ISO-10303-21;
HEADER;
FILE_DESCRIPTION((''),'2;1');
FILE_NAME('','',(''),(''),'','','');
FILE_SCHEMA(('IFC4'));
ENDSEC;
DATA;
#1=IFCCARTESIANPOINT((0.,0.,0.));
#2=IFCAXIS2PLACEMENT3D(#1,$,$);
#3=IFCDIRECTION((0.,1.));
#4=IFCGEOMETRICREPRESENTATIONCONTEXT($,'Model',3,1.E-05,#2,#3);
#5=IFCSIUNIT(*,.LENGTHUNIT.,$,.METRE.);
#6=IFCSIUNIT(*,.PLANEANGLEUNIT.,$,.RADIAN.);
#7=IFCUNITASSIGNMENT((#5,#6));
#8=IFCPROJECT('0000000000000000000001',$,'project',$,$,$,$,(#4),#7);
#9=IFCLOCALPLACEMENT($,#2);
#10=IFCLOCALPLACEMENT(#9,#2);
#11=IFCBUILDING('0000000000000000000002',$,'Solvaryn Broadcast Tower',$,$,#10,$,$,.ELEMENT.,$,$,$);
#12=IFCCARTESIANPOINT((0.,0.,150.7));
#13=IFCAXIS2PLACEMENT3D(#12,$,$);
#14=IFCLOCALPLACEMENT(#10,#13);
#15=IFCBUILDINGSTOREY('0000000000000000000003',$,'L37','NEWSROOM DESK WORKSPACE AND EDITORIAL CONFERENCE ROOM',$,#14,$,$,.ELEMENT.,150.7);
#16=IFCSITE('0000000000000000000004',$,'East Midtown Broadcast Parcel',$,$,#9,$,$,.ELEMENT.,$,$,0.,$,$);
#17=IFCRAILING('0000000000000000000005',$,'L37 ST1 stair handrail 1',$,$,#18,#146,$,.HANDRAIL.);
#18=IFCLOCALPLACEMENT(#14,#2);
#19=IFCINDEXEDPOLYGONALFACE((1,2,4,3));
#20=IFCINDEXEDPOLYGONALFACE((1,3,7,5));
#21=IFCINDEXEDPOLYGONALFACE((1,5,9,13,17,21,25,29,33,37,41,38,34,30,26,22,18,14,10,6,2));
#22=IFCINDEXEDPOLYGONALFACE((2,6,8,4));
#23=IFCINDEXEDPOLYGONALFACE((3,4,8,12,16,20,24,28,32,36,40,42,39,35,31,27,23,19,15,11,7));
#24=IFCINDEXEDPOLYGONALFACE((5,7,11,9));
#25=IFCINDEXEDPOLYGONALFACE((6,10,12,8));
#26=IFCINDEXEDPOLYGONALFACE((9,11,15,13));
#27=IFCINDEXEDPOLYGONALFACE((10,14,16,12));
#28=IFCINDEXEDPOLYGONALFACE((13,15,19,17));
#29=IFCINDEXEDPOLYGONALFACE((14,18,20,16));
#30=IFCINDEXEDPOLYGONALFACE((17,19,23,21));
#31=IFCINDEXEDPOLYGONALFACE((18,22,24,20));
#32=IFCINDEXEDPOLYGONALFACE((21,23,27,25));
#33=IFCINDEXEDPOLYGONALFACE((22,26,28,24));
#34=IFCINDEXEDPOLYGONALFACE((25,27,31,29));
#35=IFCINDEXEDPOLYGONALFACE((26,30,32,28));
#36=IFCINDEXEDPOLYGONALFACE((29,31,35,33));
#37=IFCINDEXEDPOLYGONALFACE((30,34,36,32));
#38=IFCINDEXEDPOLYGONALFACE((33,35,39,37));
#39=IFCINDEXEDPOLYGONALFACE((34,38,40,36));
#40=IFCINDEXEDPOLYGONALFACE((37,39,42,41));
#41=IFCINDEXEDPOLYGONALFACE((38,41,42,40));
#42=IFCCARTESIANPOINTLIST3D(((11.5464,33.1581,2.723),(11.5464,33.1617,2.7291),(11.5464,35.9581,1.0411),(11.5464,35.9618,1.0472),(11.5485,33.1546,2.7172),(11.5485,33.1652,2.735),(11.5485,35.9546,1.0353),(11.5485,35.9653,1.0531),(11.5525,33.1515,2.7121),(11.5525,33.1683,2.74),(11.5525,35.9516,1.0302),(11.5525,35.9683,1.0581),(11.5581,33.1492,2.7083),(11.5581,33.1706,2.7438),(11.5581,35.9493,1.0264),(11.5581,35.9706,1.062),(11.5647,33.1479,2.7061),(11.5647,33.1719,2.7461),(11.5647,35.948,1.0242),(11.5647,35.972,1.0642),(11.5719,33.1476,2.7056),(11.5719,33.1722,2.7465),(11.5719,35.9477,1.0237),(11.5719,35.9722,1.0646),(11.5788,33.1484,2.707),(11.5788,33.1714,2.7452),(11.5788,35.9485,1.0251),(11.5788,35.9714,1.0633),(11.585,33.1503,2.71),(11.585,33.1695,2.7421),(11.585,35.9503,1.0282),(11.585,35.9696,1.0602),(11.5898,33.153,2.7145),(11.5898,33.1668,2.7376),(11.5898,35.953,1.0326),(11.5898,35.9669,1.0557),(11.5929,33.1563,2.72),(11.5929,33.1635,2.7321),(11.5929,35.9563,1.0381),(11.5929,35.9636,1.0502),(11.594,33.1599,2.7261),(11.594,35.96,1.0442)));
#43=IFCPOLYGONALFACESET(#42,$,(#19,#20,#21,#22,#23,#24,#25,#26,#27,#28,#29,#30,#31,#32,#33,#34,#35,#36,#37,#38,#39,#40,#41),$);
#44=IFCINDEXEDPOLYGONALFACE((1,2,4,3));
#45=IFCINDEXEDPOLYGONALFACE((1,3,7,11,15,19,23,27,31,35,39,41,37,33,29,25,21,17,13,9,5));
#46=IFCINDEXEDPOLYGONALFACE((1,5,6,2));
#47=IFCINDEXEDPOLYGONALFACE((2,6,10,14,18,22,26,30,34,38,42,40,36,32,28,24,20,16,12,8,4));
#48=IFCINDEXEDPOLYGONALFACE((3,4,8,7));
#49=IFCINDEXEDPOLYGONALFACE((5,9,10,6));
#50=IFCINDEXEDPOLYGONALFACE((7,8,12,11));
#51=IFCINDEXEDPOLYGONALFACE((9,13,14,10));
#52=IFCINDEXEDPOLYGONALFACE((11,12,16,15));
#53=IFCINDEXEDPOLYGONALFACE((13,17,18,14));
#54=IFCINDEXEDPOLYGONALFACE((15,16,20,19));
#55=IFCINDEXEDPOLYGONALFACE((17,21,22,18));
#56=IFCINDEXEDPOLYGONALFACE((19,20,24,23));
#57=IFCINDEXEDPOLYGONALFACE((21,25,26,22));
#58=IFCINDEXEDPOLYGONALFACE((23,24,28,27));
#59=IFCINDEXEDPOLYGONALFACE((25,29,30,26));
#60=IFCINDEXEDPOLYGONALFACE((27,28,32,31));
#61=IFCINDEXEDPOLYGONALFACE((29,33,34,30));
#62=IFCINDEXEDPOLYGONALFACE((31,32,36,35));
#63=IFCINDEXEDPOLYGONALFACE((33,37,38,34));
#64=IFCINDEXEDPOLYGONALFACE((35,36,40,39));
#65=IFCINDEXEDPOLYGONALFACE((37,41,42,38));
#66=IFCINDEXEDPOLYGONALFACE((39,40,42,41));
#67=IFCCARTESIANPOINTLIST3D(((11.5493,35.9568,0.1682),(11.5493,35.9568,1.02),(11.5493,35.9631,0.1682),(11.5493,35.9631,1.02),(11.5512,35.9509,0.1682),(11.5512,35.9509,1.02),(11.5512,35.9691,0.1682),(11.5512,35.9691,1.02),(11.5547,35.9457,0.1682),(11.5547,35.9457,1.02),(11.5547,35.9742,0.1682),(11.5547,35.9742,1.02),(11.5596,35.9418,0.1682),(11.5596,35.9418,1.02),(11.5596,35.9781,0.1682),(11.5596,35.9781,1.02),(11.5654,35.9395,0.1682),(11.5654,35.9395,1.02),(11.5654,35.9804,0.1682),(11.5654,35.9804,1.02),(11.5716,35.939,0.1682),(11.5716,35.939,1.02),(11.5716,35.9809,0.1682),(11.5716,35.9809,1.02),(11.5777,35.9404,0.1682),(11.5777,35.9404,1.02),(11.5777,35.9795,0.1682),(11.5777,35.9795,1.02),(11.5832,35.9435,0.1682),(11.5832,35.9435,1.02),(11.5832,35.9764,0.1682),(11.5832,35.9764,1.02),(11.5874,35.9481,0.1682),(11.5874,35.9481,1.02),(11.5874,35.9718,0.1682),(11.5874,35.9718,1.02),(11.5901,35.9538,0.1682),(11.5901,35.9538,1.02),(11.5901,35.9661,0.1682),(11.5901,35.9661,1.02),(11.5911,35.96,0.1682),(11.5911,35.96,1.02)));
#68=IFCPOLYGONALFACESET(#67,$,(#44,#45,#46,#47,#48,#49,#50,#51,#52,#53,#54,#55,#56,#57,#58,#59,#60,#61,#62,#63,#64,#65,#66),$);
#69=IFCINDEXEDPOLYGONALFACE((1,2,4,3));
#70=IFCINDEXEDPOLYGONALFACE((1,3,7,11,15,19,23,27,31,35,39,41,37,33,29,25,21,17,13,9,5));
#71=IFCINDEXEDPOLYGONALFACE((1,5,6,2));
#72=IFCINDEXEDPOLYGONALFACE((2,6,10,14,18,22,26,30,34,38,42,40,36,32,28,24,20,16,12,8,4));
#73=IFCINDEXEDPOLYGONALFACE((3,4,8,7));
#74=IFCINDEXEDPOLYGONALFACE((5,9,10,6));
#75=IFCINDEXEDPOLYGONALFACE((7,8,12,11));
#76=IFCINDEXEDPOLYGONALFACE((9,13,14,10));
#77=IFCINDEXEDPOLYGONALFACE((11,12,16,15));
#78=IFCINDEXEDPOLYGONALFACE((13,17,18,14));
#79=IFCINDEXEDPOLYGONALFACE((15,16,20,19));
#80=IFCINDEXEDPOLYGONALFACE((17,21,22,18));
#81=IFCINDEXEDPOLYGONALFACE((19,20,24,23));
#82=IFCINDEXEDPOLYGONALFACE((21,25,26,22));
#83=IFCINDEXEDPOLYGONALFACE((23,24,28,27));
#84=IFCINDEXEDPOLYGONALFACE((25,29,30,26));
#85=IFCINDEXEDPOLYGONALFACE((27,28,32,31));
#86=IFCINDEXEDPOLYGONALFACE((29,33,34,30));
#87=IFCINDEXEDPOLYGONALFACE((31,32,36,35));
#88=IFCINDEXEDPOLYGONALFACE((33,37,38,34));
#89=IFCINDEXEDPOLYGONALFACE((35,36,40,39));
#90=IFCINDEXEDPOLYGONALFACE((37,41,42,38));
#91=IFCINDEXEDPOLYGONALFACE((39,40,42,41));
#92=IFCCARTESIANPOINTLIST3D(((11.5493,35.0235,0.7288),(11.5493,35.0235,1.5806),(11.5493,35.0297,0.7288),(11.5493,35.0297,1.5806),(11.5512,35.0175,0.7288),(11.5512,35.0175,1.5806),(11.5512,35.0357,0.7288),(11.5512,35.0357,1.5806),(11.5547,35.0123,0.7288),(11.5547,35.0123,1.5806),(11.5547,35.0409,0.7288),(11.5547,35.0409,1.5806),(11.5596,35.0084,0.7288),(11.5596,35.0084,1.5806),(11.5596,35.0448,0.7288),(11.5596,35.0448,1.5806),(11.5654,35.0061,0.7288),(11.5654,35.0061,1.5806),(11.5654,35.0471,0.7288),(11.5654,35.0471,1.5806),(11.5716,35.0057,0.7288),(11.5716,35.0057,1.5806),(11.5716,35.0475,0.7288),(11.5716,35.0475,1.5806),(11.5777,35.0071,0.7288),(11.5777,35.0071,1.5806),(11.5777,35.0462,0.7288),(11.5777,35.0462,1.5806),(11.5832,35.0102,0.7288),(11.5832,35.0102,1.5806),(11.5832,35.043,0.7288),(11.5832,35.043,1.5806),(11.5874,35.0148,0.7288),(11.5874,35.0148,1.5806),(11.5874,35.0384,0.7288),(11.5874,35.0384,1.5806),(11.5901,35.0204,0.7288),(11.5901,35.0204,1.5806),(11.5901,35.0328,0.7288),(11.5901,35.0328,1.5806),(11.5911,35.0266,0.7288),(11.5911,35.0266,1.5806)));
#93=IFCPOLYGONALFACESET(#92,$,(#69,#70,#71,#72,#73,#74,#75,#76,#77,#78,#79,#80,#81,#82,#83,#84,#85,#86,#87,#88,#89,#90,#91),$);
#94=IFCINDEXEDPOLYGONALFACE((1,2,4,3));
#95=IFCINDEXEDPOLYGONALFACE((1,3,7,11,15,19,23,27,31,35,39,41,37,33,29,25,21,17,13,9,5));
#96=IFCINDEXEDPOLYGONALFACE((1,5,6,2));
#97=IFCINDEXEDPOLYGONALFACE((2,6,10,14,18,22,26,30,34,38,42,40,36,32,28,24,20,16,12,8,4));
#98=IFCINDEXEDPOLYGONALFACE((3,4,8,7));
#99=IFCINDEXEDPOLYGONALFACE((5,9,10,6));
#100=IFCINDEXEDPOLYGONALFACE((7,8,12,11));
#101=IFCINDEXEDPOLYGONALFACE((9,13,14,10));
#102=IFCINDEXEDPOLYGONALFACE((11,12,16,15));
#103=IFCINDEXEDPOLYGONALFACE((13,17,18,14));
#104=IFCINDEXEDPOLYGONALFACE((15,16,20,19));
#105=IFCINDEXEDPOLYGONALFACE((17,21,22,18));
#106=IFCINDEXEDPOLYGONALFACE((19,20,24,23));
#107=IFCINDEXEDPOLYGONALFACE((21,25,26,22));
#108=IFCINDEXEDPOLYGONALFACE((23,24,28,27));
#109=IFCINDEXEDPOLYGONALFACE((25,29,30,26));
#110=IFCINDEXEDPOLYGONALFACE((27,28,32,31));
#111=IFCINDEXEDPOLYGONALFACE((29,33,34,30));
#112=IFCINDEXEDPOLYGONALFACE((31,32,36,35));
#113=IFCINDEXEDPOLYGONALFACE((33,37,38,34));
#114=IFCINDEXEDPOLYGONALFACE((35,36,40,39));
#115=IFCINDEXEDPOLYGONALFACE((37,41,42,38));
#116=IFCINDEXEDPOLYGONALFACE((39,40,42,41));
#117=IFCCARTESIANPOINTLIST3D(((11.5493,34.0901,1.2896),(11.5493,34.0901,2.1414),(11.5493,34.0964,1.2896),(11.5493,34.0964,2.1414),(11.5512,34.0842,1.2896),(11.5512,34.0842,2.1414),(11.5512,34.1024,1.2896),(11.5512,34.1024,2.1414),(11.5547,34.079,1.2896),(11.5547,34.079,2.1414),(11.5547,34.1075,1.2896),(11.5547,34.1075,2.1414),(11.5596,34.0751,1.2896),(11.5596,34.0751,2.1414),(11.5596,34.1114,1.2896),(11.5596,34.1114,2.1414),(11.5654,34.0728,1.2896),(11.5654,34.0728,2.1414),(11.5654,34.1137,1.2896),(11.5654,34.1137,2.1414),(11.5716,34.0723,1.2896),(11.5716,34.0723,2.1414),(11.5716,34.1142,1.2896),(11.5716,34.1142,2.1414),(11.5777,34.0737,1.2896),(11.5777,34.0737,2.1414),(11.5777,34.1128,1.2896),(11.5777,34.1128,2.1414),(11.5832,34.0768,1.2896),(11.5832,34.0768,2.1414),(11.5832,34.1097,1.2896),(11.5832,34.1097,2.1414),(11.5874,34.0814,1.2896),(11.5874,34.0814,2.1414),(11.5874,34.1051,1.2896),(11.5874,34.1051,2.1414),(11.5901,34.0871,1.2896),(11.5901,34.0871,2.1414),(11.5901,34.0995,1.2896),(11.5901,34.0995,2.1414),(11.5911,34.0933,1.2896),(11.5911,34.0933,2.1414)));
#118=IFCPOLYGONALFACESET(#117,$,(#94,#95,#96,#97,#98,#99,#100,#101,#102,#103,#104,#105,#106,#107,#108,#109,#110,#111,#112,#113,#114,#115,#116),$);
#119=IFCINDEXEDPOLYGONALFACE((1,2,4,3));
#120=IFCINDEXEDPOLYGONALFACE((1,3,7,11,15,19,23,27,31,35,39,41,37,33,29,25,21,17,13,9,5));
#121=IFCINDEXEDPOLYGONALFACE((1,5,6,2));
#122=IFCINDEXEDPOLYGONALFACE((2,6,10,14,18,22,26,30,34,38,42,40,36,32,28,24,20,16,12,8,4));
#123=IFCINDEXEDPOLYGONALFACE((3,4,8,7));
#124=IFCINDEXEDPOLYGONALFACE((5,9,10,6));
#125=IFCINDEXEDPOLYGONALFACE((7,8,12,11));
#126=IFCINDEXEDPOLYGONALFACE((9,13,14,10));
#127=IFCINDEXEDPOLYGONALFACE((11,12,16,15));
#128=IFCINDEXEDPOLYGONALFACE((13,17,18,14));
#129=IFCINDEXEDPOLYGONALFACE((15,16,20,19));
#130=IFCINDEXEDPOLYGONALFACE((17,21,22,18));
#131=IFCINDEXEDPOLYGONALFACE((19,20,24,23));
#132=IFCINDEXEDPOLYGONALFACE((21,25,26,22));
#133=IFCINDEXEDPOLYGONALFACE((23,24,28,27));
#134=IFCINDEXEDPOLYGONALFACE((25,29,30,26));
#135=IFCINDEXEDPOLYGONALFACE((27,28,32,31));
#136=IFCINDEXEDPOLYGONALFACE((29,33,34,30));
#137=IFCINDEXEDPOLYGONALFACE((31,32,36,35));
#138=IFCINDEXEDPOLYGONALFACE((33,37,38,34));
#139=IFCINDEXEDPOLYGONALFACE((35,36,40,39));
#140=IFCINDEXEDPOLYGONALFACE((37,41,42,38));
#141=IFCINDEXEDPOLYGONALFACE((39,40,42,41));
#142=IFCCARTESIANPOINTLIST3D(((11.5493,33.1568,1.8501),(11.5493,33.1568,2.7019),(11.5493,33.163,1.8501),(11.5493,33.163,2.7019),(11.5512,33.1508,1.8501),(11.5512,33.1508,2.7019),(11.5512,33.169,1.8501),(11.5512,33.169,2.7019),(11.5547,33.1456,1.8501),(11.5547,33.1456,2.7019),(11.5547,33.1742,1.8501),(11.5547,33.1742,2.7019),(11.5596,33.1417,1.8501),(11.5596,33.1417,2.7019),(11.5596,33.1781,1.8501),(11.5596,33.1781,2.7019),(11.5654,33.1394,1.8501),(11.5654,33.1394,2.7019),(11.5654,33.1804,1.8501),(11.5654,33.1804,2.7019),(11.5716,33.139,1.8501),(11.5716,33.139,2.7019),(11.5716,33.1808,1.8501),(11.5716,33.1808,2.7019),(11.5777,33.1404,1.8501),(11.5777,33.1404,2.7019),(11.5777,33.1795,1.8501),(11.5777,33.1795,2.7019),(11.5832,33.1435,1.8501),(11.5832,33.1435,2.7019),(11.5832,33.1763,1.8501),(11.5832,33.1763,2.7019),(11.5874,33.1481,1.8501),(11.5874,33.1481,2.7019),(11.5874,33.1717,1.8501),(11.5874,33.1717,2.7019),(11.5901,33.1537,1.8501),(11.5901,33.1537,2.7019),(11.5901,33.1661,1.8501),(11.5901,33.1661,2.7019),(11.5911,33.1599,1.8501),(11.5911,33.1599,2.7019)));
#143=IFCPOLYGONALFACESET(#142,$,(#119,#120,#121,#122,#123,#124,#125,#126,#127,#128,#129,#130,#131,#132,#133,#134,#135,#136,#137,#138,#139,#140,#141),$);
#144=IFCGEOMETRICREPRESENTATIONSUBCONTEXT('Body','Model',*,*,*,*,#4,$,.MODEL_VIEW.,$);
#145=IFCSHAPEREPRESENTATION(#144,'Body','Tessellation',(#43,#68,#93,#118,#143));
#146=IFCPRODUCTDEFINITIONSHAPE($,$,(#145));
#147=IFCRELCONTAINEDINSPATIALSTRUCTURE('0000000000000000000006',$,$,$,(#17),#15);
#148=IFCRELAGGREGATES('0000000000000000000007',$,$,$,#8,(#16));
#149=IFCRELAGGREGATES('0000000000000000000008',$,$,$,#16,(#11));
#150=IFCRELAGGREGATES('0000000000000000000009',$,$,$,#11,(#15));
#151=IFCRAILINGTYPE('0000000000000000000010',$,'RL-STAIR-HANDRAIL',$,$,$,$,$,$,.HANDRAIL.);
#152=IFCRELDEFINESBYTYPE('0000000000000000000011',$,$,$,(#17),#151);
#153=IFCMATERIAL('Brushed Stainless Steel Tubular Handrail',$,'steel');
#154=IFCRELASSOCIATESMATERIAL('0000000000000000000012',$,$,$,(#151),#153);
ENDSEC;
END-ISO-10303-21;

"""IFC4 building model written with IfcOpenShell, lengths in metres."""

from ifc_helpers import new_model, si_unit, direction, frame, origin, origin_2d, place, context, subcontext, project, spatial, circle, extrude, material, type_object, element, save


model = new_model("IFC4")

# Units and contexts
model_context = context("Model", 3, precision=1e-05, world=origin(), true_north=direction((0.0, 1.0)))
body_context = subcontext(model_context, "Body", "Model", "MODEL_VIEW")
ifc_project = project(units=[si_unit("LENGTHUNIT", "METRE"), si_unit("PLANEANGLEUNIT", "RADIAN")], contexts=[model_context])

# Site, building, storey
site_placement = place(None, origin())
site = spatial("IfcSite", under=ifc_project, at=site_placement, Name="East Midtown Broadcast Parcel", CompositionType="ELEMENT", RefElevation=0.0)
building_placement = place(site_placement, origin())
building = spatial("IfcBuilding", under=site, at=building_placement, Name="Solvaryn Broadcast Tower", CompositionType="ELEMENT")
storey_placement = place(building_placement, frame((0.0, 0.0, 150.7)))
storey = spatial("IfcBuildingStorey", under=building, at=storey_placement, Name="L37", Description="NEWSROOM DESK WORKSPACE AND EDITORIAL CONFERENCE ROOM", CompositionType="ELEMENT", Elevation=150.7)

# Railing
ifc_material_1 = material(Name="Brushed Stainless Steel Tubular Handrail", Category="steel")
railing_type_1 = type_object("IfcRailingType", Name="RL-STAIR-HANDRAIL", PredefinedType="HANDRAIL", material=ifc_material_1)
railing_1_placement = place(storey_placement, frame((11.5701, 35.96, 0.1682)))
element("IfcRailing", 1, at=railing_1_placement, inside=storey, type_object=railing_type_1, Name="L37 ST1 stair handrail 1", PredefinedType="HANDRAIL", context=body_context, shape_type="SweptSolid", body=[
    extrude(circle(Radius=0.0239, at=origin_2d()), frame((0.0, 0.0, 0.876), z_axis=(0.0, -0.857242, 0.514913), x_axis=(1.0, 0.0, 0.0)), (0.0, 0.0, 1.0), 3.2664),
    extrude(circle(Radius=0.021, at=origin_2d()), origin(), (0.0, 0.0, 1.0), 0.8518),
    extrude(circle(Radius=0.021, at=origin_2d()), frame((0.0, -0.9333, 0.5605)), (0.0, 0.0, 1.0), 0.8518),
    extrude(circle(Radius=0.021, at=origin_2d()), frame((0.0, -1.8667, 1.1213)), (0.0, 0.0, 1.0), 0.8518),
    extrude(circle(Radius=0.021, at=origin_2d()), frame((0.0, -2.8, 1.6819)), (0.0, 0.0, 1.0), 0.8518),
])

save(model, "model.ifc")
